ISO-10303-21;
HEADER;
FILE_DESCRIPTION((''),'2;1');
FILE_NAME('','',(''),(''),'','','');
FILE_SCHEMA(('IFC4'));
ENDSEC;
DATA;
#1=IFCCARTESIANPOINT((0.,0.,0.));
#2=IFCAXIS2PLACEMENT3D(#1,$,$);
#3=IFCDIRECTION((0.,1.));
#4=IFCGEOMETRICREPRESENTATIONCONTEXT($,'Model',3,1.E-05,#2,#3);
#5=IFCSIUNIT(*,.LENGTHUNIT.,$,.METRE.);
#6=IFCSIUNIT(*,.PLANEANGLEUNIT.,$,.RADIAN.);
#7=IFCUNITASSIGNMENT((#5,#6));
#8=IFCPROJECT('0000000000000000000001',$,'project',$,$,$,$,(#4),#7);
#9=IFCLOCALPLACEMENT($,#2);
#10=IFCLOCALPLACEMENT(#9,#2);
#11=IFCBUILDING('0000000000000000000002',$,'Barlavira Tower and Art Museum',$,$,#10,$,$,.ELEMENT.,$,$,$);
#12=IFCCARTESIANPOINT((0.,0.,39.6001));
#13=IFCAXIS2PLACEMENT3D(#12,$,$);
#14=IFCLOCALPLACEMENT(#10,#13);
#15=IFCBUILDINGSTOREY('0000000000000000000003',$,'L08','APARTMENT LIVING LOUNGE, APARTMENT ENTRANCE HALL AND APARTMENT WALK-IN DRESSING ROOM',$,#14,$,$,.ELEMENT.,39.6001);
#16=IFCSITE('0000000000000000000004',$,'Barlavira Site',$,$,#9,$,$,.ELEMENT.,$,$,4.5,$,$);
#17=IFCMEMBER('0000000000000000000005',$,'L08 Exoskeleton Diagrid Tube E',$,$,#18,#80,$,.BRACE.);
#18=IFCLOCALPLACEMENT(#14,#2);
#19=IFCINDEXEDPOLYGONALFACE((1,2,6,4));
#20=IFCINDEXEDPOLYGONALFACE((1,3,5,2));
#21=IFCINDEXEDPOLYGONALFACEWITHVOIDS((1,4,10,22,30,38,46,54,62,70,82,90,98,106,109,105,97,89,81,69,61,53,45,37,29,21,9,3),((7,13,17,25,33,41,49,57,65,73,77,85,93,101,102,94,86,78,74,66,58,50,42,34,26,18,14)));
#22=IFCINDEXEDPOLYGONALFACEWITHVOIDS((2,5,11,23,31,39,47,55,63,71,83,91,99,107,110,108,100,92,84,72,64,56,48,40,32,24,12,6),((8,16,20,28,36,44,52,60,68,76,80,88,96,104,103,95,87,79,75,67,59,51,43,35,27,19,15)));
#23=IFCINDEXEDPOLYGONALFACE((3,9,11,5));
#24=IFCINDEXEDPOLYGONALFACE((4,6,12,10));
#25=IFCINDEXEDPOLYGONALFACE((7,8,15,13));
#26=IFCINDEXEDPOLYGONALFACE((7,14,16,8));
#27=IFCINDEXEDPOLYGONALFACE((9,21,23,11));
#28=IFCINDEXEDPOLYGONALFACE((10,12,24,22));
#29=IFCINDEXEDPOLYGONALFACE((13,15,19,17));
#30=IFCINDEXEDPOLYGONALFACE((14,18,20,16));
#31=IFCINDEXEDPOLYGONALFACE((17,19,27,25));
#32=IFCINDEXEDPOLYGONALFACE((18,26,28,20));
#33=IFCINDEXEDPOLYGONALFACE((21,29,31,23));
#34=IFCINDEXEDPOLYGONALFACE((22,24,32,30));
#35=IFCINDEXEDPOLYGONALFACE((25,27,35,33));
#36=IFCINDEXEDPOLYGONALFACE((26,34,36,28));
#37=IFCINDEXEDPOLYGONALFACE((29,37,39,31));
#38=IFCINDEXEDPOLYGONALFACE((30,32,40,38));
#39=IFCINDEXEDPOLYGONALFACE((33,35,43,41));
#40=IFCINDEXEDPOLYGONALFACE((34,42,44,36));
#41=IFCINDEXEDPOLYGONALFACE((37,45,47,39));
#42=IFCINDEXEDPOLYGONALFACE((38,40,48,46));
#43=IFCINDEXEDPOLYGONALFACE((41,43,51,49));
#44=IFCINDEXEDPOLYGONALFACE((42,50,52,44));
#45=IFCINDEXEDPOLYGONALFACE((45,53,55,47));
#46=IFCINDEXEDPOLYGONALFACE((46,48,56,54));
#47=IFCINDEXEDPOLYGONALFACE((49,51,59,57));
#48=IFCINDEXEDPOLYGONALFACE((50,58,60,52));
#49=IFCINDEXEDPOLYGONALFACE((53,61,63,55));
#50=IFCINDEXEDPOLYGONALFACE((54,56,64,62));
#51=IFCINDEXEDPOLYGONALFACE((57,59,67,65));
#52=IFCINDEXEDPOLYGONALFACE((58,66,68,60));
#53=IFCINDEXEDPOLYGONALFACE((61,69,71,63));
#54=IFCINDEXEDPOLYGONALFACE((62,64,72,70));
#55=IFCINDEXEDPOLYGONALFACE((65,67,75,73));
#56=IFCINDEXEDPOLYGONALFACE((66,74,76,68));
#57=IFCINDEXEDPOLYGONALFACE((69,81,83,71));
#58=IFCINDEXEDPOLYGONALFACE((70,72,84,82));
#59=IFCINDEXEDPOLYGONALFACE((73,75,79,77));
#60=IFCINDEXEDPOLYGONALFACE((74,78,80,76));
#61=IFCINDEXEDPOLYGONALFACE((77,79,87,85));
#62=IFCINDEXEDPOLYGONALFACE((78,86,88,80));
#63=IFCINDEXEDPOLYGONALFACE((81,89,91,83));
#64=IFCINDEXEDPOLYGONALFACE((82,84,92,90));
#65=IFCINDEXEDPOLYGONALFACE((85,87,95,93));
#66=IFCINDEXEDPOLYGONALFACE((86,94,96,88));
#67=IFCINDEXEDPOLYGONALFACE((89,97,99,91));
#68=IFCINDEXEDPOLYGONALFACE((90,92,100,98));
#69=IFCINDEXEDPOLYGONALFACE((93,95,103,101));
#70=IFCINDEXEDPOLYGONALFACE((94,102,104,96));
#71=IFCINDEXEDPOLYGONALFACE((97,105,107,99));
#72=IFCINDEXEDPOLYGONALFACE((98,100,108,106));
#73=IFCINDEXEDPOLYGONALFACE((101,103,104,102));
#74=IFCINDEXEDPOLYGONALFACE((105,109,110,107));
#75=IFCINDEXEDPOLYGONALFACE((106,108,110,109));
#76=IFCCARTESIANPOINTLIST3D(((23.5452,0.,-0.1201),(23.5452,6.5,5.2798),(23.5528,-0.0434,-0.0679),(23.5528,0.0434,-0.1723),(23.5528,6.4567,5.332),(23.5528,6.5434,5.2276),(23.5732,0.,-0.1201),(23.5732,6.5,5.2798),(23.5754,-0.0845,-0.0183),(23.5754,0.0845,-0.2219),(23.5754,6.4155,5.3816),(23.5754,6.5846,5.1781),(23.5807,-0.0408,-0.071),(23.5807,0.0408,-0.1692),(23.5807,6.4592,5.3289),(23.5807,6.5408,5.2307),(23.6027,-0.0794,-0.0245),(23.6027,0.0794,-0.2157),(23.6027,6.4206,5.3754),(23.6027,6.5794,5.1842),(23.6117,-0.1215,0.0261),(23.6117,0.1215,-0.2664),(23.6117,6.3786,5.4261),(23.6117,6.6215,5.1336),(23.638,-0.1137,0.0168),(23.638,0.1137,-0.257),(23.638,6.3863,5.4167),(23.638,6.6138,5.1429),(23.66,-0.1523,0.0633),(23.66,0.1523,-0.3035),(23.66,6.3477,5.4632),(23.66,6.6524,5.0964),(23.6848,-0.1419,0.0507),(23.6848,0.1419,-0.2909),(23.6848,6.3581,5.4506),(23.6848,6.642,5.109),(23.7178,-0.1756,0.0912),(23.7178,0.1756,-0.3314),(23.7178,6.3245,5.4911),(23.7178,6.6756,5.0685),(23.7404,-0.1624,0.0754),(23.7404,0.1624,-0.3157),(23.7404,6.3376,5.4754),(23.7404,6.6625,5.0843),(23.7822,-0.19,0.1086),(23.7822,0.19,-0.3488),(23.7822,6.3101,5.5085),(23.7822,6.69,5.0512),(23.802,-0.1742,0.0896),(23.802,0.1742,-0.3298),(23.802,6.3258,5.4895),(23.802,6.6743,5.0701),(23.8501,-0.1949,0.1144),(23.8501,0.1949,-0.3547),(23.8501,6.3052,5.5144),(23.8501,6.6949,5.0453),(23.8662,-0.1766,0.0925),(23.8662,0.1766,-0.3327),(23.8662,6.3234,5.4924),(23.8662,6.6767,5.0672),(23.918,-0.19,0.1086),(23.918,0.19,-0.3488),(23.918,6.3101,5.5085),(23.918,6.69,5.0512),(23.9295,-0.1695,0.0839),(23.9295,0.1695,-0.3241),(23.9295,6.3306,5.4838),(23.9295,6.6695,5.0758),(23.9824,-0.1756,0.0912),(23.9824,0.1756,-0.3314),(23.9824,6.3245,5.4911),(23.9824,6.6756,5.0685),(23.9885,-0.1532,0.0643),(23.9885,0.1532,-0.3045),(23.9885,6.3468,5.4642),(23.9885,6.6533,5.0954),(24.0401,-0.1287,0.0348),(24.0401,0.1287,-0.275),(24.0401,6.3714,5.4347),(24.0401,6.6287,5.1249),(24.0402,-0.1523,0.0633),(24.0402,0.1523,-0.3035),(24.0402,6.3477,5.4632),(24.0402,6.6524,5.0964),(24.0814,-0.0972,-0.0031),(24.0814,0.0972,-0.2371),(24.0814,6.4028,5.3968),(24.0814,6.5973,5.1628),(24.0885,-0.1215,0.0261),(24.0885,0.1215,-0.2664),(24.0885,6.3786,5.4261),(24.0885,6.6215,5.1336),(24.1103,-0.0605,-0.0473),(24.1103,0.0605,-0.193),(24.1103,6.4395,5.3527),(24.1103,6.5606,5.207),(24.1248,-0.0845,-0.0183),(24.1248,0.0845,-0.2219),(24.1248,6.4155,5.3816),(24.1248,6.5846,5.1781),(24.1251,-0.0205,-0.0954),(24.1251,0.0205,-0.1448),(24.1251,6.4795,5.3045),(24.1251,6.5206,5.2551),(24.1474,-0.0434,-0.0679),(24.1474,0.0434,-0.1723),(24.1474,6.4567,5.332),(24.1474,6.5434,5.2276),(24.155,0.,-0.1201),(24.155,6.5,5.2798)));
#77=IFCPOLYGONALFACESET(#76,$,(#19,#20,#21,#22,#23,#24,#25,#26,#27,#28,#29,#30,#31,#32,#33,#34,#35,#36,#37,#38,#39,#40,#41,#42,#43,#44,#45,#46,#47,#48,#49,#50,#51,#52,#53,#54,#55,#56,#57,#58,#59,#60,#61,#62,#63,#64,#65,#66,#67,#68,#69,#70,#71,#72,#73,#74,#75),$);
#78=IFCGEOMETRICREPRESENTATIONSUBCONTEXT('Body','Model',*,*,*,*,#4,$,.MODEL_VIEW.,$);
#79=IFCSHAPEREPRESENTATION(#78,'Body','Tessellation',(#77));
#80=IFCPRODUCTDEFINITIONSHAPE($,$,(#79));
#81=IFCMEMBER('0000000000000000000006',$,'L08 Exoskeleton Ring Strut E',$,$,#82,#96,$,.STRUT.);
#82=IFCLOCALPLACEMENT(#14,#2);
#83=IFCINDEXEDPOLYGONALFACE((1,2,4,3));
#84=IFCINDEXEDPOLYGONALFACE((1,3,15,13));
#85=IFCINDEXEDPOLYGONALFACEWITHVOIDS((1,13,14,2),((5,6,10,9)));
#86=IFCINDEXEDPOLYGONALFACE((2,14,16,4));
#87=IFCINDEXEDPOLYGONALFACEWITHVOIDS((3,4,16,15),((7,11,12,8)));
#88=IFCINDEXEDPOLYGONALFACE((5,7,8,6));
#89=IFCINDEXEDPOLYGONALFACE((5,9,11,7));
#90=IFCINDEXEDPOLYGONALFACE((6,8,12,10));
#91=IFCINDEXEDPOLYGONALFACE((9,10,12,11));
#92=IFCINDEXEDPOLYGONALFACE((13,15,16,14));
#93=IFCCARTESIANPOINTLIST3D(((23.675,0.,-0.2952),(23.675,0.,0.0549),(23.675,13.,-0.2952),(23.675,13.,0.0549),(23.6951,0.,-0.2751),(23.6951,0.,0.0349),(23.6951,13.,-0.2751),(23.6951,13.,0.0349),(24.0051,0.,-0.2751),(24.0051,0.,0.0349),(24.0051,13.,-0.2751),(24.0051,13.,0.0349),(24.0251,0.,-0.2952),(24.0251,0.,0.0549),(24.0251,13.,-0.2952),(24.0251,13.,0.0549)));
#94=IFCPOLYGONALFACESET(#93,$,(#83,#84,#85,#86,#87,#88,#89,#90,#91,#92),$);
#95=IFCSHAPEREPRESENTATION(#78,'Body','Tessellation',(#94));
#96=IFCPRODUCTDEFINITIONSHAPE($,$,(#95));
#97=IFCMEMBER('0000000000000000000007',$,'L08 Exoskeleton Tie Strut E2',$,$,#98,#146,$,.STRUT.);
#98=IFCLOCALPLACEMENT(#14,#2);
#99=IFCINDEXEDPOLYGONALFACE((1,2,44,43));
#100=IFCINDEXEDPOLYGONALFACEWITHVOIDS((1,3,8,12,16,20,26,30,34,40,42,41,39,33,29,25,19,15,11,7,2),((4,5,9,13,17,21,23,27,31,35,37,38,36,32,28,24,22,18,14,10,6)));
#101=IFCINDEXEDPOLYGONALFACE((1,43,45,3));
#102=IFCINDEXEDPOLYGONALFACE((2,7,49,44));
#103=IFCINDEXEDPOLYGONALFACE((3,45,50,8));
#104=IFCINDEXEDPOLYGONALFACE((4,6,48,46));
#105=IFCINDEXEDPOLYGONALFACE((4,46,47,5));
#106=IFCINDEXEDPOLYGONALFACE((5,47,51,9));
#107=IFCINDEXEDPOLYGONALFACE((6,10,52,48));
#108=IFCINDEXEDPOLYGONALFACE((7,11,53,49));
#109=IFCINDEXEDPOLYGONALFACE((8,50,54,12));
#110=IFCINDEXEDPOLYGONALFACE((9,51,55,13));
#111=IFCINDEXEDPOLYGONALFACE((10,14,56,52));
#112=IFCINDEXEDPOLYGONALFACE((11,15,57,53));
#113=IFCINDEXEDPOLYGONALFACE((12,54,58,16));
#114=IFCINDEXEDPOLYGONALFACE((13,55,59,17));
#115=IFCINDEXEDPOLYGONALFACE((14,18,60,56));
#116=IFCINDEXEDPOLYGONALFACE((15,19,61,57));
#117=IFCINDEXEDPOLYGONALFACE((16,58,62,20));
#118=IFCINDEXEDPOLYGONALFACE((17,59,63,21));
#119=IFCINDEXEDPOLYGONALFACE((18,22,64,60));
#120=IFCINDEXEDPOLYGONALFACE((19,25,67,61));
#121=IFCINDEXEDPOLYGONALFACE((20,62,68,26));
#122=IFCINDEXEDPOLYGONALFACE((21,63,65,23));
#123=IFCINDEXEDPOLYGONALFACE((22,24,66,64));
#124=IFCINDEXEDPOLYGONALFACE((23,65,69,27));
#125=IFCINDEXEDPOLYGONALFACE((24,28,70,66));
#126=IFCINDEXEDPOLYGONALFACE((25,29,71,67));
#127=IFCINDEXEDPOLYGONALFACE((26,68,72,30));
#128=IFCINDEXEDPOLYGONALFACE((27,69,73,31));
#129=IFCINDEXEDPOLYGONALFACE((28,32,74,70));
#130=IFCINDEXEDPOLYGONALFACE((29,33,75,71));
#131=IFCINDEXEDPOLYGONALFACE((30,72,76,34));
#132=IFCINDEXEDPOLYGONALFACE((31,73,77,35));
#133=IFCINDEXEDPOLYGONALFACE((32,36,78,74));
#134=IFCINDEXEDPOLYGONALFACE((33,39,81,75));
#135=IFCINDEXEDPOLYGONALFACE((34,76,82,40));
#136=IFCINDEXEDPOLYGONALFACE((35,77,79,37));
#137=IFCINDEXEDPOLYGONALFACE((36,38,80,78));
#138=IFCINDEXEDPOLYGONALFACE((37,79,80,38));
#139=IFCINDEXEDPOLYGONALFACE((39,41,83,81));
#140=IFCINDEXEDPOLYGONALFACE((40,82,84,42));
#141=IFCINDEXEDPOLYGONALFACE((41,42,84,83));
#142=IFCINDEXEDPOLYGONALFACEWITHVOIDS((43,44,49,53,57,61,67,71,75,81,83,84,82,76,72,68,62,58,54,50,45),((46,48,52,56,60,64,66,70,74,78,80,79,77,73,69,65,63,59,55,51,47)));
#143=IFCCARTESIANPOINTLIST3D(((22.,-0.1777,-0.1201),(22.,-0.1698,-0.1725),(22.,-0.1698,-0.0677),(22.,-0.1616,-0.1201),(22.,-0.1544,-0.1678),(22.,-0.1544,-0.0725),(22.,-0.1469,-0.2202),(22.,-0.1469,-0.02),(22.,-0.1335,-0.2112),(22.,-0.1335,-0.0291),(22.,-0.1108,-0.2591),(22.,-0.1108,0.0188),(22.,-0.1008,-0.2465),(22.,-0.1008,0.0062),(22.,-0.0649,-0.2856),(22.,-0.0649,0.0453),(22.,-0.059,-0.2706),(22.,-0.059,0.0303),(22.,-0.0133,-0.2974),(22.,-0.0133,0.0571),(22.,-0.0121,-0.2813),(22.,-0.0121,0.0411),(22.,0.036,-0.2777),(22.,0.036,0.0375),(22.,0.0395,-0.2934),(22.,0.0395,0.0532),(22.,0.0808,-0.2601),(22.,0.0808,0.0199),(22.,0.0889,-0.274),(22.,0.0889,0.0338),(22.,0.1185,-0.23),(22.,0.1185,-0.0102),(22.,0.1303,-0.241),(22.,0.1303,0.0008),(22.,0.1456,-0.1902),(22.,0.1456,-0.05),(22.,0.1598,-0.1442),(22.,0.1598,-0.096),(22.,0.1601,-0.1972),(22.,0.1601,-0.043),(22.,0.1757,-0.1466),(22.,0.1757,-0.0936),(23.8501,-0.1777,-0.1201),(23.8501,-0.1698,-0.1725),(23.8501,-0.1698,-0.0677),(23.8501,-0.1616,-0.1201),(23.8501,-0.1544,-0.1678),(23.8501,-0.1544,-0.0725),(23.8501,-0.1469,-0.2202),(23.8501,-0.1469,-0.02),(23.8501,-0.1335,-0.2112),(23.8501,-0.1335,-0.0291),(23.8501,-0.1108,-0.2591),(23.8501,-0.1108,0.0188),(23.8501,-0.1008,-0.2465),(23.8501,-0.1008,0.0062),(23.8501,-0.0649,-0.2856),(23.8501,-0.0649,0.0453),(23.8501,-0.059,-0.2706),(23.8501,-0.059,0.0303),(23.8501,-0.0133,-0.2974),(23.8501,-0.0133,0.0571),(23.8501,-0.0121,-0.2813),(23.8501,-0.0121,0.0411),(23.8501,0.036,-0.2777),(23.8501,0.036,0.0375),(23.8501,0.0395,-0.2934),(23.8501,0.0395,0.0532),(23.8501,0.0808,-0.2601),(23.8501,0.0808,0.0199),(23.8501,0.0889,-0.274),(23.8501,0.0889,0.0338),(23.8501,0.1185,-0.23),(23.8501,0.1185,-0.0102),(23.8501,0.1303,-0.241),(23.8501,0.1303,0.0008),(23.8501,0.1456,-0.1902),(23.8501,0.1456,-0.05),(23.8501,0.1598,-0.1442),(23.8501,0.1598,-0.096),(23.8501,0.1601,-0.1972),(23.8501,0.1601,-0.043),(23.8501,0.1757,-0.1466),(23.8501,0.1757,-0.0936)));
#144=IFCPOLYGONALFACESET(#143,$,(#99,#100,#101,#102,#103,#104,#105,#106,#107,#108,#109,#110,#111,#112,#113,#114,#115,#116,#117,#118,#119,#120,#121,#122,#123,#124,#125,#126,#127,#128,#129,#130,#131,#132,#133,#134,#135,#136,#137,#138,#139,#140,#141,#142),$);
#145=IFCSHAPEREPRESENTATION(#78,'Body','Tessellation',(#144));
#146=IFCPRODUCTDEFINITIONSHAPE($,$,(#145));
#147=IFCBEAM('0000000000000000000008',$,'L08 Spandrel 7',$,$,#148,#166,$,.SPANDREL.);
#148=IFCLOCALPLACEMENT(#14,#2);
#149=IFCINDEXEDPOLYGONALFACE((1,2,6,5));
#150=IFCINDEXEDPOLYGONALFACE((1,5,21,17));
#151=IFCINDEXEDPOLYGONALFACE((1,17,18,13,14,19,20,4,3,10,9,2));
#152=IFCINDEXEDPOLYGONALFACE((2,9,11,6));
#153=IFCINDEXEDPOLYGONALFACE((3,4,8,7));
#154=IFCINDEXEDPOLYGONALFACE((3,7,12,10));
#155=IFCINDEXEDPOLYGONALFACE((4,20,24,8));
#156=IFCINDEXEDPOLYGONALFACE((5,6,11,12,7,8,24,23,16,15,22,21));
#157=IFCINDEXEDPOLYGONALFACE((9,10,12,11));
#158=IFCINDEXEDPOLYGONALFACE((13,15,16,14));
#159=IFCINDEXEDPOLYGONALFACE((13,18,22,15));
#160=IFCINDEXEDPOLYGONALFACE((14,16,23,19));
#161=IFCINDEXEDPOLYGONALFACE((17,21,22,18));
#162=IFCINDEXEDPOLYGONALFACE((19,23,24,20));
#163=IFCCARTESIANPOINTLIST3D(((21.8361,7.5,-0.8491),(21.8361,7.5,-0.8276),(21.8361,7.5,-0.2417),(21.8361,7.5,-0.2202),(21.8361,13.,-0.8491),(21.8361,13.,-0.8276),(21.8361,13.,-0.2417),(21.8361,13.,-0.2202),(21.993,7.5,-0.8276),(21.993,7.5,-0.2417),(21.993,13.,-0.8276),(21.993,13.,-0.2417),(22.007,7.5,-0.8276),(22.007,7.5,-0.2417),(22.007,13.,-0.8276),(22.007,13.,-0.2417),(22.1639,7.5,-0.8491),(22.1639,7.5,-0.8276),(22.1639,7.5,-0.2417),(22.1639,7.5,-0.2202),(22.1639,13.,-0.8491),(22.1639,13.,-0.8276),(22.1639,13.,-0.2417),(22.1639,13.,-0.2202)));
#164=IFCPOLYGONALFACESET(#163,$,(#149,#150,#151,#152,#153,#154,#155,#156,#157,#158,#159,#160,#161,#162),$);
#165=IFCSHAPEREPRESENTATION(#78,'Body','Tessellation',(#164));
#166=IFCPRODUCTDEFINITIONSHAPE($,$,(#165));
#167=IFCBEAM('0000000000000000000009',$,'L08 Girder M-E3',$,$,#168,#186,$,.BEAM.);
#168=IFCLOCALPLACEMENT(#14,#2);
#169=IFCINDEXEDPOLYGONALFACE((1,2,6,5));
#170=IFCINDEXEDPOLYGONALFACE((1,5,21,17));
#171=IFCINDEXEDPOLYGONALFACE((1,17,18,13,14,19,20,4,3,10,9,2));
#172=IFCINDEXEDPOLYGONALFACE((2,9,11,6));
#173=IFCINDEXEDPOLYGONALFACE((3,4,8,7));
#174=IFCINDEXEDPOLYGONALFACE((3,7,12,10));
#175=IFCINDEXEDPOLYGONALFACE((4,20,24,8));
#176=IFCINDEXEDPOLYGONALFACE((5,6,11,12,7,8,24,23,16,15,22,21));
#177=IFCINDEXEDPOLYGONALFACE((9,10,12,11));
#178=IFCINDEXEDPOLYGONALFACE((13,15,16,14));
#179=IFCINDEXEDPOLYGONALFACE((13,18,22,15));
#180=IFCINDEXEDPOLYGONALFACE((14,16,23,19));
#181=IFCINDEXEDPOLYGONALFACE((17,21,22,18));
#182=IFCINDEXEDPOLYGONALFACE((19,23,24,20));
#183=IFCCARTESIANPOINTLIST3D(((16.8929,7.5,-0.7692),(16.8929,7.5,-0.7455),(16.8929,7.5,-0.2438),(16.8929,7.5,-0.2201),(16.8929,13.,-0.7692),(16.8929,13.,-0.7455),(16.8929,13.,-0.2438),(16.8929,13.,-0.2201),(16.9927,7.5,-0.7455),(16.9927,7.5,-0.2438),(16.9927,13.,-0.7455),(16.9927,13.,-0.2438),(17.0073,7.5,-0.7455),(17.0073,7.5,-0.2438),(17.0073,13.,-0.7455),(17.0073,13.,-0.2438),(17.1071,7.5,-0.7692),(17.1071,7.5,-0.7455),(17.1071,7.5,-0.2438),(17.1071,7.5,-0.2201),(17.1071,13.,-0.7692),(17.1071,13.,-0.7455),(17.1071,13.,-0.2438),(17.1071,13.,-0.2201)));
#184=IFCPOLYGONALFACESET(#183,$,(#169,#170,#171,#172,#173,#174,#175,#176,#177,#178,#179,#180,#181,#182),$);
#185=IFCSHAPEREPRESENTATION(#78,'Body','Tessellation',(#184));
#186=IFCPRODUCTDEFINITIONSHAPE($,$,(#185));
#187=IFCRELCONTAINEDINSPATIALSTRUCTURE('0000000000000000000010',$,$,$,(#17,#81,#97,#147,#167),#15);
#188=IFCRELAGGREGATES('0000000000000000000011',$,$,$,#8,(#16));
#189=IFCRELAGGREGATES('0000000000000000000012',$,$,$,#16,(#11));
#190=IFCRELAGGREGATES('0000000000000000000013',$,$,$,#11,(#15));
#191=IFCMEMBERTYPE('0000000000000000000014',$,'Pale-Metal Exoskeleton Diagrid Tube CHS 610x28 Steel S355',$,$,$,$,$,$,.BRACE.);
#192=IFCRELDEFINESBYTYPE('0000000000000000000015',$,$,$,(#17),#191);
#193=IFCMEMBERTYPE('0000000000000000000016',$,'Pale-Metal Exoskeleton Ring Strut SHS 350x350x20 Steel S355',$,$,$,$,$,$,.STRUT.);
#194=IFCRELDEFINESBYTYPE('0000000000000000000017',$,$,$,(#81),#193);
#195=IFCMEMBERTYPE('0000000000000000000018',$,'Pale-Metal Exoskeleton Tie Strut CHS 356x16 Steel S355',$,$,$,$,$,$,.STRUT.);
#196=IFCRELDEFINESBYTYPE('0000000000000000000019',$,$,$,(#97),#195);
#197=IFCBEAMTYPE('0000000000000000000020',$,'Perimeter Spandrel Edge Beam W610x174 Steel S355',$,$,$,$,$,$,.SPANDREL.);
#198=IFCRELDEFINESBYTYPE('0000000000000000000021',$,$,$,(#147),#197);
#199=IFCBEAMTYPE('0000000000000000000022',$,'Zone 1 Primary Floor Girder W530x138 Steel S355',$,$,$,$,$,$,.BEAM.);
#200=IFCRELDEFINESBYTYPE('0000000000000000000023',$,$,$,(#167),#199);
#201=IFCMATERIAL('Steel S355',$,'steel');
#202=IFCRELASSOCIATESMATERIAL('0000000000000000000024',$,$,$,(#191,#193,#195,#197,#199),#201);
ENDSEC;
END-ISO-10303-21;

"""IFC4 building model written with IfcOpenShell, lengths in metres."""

from ifc_helpers import new_model, si_unit, direction, frame, origin, origin_2d, place, context, subcontext, project, spatial, hollow_rectangle, hollow_circle, i_section, extrude, material, material_profile, profile_set, type_object, element, save


model = new_model("IFC4")

# Units and contexts
model_context = context("Model", 3, precision=1e-05, world=origin(), true_north=direction((0.0, 1.0)))
body_context = subcontext(model_context, "Body", "Model", "MODEL_VIEW")
ifc_project = project(units=[si_unit("LENGTHUNIT", "METRE"), si_unit("PLANEANGLEUNIT", "RADIAN")], contexts=[model_context])

# Site, building, storey
site_placement = place(None, origin())
site = spatial("IfcSite", under=ifc_project, at=site_placement, Name="Barlavira Site", CompositionType="ELEMENT", RefElevation=4.5)
building_placement = place(site_placement, origin())
building = spatial("IfcBuilding", under=site, at=building_placement, Name="Barlavira Tower and Art Museum", CompositionType="ELEMENT")
storey_placement = place(building_placement, frame((0.0, 0.0, 39.6001)))
storey = spatial("IfcBuildingStorey", under=building, at=storey_placement, Name="L08", Description="APARTMENT LIVING LOUNGE, APARTMENT ENTRANCE HALL AND APARTMENT WALK-IN DRESSING ROOM", CompositionType="ELEMENT", Elevation=39.6001)

# Members
ifc_material_1 = material(Name="Steel S355", Category="steel")
ifc_material_profile_1 = material_profile(ifc_material_1, hollow_circle(Radius=0.3049, WallThickness=0.0281, at=origin_2d()), Name="CHS 610.0x28.0")
ifc_profile_set_1 = profile_set([ifc_material_profile_1], Name="Steel S355")
member_type_1 = type_object("IfcMemberType", Name="Pale-Metal Exoskeleton Diagrid Tube CHS 610x28 Steel S355", PredefinedType="BRACE", material=ifc_profile_set_1)
for number, where, z_axis, x_axis, name in (
    (1, (23.8501, 0.0, -0.1201), (0.0, 0.769196, 0.639013), (-1.0, 0.0, 0.0), "L08 Exoskeleton Diagrid Tube E"),
):
    element("IfcMember", number, at=place(storey_placement, frame(where, z_axis=z_axis, x_axis=x_axis)), inside=storey, type_object=member_type_1, Name=name, PredefinedType="BRACE", context=body_context, shape_type="SweptSolid", body=[
        extrude(hollow_circle(Radius=0.3049, WallThickness=0.0281, at=origin_2d()), origin(), (0.0, 0.0, 1.0), 8.4504),
    ])
ifc_material_profile_2 = material_profile(ifc_material_1, hollow_rectangle(XDim=0.3501, YDim=0.3501, WallThickness=0.02, at=origin_2d()), Name="SHS 350x350x20.0")
ifc_profile_set_2 = profile_set([ifc_material_profile_2], Name="Steel S355")
member_type_2 = type_object("IfcMemberType", Name="Pale-Metal Exoskeleton Ring Strut SHS 350x350x20 Steel S355", PredefinedType="STRUT", material=ifc_profile_set_2)
member_1_placement = place(storey_placement, frame((23.8501, 0.0, -0.1201), z_axis=(0.0, 1.0, 0.0), x_axis=(-1.0, 0.0, 0.0)))
element("IfcMember", 2, at=member_1_placement, inside=storey, type_object=member_type_2, Name="L08 Exoskeleton Ring Strut E", PredefinedType="STRUT", context=body_context, shape_type="SweptSolid", body=[
    extrude(hollow_rectangle(XDim=0.3501, YDim=0.3501, WallThickness=0.02, at=origin_2d()), origin(), (0.0, 0.0, 1.0), 13.0),
])
ifc_material_profile_3 = material_profile(ifc_material_1, hollow_circle(Radius=0.1777, WallThickness=0.0161, at=origin_2d()), Name="CHS 355.6x16.0")
ifc_profile_set_3 = profile_set([ifc_material_profile_3], Name="Steel S355")
member_type_3 = type_object("IfcMemberType", Name="Pale-Metal Exoskeleton Tie Strut CHS 356x16 Steel S355", PredefinedType="STRUT", material=ifc_profile_set_3)
member_2_placement = place(storey_placement, frame((23.8501, 0.0, -0.1201), z_axis=(-1.0, 0.0, 0.0), x_axis=(0.0, -1.0, 0.0)))
element("IfcMember", 3, at=member_2_placement, inside=storey, type_object=member_type_3, Name="L08 Exoskeleton Tie Strut E2", PredefinedType="STRUT", context=body_context, shape_type="SweptSolid", body=[
    extrude(hollow_circle(Radius=0.1777, WallThickness=0.0161, at=origin_2d()), origin(), (0.0, 0.0, 1.0), 1.8501),
])

# Beams
ifc_material_profile_4 = material_profile(ifc_material_1, i_section(OverallWidth=0.3279, OverallDepth=0.6289, WebThickness=0.0139, FlangeThickness=0.0215, at=origin_2d()), Name="W610x174.0")
ifc_profile_set_4 = profile_set([ifc_material_profile_4], Name="Steel S355")
beam_type_1 = type_object("IfcBeamType", Name="Perimeter Spandrel Edge Beam W610x174 Steel S355", PredefinedType="SPANDREL", material=ifc_profile_set_4)
beam_1_placement = place(storey_placement, frame((22.0, 7.5, -0.5347), z_axis=(0.0, 1.0, 0.0), x_axis=(-1.0, 0.0, 0.0)))
element("IfcBeam", 4, at=beam_1_placement, inside=storey, type_object=beam_type_1, Name="L08 Spandrel 7", PredefinedType="SPANDREL", context=body_context, shape_type="SweptSolid", body=[
    extrude(i_section(OverallWidth=0.3279, OverallDepth=0.6289, WebThickness=0.0139, FlangeThickness=0.0215, at=origin_2d()), origin(), (0.0, 0.0, 1.0), 5.5),
])
ifc_material_profile_5 = material_profile(ifc_material_1, i_section(OverallWidth=0.2141, OverallDepth=0.5491, WebThickness=0.0146, FlangeThickness=0.0237, at=origin_2d()), Name="W530x138.0")
ifc_profile_set_5 = profile_set([ifc_material_profile_5], Name="Steel S355")
beam_type_2 = type_object("IfcBeamType", Name="Zone 1 Primary Floor Girder W530x138 Steel S355", PredefinedType="BEAM", material=ifc_profile_set_5)
beam_2_placement = place(storey_placement, frame((17.0, 7.5, -0.4946), z_axis=(0.0, 1.0, 0.0), x_axis=(-1.0, 0.0, 0.0)))
element("IfcBeam", 5, at=beam_2_placement, inside=storey, type_object=beam_type_2, Name="L08 Girder M-E3", PredefinedType="BEAM", context=body_context, shape_type="SweptSolid", body=[
    extrude(i_section(OverallWidth=0.2141, OverallDepth=0.5491, WebThickness=0.0146, FlangeThickness=0.0237, at=origin_2d()), origin(), (0.0, 0.0, 1.0), 5.5),
])

save(model, "model.ifc")
